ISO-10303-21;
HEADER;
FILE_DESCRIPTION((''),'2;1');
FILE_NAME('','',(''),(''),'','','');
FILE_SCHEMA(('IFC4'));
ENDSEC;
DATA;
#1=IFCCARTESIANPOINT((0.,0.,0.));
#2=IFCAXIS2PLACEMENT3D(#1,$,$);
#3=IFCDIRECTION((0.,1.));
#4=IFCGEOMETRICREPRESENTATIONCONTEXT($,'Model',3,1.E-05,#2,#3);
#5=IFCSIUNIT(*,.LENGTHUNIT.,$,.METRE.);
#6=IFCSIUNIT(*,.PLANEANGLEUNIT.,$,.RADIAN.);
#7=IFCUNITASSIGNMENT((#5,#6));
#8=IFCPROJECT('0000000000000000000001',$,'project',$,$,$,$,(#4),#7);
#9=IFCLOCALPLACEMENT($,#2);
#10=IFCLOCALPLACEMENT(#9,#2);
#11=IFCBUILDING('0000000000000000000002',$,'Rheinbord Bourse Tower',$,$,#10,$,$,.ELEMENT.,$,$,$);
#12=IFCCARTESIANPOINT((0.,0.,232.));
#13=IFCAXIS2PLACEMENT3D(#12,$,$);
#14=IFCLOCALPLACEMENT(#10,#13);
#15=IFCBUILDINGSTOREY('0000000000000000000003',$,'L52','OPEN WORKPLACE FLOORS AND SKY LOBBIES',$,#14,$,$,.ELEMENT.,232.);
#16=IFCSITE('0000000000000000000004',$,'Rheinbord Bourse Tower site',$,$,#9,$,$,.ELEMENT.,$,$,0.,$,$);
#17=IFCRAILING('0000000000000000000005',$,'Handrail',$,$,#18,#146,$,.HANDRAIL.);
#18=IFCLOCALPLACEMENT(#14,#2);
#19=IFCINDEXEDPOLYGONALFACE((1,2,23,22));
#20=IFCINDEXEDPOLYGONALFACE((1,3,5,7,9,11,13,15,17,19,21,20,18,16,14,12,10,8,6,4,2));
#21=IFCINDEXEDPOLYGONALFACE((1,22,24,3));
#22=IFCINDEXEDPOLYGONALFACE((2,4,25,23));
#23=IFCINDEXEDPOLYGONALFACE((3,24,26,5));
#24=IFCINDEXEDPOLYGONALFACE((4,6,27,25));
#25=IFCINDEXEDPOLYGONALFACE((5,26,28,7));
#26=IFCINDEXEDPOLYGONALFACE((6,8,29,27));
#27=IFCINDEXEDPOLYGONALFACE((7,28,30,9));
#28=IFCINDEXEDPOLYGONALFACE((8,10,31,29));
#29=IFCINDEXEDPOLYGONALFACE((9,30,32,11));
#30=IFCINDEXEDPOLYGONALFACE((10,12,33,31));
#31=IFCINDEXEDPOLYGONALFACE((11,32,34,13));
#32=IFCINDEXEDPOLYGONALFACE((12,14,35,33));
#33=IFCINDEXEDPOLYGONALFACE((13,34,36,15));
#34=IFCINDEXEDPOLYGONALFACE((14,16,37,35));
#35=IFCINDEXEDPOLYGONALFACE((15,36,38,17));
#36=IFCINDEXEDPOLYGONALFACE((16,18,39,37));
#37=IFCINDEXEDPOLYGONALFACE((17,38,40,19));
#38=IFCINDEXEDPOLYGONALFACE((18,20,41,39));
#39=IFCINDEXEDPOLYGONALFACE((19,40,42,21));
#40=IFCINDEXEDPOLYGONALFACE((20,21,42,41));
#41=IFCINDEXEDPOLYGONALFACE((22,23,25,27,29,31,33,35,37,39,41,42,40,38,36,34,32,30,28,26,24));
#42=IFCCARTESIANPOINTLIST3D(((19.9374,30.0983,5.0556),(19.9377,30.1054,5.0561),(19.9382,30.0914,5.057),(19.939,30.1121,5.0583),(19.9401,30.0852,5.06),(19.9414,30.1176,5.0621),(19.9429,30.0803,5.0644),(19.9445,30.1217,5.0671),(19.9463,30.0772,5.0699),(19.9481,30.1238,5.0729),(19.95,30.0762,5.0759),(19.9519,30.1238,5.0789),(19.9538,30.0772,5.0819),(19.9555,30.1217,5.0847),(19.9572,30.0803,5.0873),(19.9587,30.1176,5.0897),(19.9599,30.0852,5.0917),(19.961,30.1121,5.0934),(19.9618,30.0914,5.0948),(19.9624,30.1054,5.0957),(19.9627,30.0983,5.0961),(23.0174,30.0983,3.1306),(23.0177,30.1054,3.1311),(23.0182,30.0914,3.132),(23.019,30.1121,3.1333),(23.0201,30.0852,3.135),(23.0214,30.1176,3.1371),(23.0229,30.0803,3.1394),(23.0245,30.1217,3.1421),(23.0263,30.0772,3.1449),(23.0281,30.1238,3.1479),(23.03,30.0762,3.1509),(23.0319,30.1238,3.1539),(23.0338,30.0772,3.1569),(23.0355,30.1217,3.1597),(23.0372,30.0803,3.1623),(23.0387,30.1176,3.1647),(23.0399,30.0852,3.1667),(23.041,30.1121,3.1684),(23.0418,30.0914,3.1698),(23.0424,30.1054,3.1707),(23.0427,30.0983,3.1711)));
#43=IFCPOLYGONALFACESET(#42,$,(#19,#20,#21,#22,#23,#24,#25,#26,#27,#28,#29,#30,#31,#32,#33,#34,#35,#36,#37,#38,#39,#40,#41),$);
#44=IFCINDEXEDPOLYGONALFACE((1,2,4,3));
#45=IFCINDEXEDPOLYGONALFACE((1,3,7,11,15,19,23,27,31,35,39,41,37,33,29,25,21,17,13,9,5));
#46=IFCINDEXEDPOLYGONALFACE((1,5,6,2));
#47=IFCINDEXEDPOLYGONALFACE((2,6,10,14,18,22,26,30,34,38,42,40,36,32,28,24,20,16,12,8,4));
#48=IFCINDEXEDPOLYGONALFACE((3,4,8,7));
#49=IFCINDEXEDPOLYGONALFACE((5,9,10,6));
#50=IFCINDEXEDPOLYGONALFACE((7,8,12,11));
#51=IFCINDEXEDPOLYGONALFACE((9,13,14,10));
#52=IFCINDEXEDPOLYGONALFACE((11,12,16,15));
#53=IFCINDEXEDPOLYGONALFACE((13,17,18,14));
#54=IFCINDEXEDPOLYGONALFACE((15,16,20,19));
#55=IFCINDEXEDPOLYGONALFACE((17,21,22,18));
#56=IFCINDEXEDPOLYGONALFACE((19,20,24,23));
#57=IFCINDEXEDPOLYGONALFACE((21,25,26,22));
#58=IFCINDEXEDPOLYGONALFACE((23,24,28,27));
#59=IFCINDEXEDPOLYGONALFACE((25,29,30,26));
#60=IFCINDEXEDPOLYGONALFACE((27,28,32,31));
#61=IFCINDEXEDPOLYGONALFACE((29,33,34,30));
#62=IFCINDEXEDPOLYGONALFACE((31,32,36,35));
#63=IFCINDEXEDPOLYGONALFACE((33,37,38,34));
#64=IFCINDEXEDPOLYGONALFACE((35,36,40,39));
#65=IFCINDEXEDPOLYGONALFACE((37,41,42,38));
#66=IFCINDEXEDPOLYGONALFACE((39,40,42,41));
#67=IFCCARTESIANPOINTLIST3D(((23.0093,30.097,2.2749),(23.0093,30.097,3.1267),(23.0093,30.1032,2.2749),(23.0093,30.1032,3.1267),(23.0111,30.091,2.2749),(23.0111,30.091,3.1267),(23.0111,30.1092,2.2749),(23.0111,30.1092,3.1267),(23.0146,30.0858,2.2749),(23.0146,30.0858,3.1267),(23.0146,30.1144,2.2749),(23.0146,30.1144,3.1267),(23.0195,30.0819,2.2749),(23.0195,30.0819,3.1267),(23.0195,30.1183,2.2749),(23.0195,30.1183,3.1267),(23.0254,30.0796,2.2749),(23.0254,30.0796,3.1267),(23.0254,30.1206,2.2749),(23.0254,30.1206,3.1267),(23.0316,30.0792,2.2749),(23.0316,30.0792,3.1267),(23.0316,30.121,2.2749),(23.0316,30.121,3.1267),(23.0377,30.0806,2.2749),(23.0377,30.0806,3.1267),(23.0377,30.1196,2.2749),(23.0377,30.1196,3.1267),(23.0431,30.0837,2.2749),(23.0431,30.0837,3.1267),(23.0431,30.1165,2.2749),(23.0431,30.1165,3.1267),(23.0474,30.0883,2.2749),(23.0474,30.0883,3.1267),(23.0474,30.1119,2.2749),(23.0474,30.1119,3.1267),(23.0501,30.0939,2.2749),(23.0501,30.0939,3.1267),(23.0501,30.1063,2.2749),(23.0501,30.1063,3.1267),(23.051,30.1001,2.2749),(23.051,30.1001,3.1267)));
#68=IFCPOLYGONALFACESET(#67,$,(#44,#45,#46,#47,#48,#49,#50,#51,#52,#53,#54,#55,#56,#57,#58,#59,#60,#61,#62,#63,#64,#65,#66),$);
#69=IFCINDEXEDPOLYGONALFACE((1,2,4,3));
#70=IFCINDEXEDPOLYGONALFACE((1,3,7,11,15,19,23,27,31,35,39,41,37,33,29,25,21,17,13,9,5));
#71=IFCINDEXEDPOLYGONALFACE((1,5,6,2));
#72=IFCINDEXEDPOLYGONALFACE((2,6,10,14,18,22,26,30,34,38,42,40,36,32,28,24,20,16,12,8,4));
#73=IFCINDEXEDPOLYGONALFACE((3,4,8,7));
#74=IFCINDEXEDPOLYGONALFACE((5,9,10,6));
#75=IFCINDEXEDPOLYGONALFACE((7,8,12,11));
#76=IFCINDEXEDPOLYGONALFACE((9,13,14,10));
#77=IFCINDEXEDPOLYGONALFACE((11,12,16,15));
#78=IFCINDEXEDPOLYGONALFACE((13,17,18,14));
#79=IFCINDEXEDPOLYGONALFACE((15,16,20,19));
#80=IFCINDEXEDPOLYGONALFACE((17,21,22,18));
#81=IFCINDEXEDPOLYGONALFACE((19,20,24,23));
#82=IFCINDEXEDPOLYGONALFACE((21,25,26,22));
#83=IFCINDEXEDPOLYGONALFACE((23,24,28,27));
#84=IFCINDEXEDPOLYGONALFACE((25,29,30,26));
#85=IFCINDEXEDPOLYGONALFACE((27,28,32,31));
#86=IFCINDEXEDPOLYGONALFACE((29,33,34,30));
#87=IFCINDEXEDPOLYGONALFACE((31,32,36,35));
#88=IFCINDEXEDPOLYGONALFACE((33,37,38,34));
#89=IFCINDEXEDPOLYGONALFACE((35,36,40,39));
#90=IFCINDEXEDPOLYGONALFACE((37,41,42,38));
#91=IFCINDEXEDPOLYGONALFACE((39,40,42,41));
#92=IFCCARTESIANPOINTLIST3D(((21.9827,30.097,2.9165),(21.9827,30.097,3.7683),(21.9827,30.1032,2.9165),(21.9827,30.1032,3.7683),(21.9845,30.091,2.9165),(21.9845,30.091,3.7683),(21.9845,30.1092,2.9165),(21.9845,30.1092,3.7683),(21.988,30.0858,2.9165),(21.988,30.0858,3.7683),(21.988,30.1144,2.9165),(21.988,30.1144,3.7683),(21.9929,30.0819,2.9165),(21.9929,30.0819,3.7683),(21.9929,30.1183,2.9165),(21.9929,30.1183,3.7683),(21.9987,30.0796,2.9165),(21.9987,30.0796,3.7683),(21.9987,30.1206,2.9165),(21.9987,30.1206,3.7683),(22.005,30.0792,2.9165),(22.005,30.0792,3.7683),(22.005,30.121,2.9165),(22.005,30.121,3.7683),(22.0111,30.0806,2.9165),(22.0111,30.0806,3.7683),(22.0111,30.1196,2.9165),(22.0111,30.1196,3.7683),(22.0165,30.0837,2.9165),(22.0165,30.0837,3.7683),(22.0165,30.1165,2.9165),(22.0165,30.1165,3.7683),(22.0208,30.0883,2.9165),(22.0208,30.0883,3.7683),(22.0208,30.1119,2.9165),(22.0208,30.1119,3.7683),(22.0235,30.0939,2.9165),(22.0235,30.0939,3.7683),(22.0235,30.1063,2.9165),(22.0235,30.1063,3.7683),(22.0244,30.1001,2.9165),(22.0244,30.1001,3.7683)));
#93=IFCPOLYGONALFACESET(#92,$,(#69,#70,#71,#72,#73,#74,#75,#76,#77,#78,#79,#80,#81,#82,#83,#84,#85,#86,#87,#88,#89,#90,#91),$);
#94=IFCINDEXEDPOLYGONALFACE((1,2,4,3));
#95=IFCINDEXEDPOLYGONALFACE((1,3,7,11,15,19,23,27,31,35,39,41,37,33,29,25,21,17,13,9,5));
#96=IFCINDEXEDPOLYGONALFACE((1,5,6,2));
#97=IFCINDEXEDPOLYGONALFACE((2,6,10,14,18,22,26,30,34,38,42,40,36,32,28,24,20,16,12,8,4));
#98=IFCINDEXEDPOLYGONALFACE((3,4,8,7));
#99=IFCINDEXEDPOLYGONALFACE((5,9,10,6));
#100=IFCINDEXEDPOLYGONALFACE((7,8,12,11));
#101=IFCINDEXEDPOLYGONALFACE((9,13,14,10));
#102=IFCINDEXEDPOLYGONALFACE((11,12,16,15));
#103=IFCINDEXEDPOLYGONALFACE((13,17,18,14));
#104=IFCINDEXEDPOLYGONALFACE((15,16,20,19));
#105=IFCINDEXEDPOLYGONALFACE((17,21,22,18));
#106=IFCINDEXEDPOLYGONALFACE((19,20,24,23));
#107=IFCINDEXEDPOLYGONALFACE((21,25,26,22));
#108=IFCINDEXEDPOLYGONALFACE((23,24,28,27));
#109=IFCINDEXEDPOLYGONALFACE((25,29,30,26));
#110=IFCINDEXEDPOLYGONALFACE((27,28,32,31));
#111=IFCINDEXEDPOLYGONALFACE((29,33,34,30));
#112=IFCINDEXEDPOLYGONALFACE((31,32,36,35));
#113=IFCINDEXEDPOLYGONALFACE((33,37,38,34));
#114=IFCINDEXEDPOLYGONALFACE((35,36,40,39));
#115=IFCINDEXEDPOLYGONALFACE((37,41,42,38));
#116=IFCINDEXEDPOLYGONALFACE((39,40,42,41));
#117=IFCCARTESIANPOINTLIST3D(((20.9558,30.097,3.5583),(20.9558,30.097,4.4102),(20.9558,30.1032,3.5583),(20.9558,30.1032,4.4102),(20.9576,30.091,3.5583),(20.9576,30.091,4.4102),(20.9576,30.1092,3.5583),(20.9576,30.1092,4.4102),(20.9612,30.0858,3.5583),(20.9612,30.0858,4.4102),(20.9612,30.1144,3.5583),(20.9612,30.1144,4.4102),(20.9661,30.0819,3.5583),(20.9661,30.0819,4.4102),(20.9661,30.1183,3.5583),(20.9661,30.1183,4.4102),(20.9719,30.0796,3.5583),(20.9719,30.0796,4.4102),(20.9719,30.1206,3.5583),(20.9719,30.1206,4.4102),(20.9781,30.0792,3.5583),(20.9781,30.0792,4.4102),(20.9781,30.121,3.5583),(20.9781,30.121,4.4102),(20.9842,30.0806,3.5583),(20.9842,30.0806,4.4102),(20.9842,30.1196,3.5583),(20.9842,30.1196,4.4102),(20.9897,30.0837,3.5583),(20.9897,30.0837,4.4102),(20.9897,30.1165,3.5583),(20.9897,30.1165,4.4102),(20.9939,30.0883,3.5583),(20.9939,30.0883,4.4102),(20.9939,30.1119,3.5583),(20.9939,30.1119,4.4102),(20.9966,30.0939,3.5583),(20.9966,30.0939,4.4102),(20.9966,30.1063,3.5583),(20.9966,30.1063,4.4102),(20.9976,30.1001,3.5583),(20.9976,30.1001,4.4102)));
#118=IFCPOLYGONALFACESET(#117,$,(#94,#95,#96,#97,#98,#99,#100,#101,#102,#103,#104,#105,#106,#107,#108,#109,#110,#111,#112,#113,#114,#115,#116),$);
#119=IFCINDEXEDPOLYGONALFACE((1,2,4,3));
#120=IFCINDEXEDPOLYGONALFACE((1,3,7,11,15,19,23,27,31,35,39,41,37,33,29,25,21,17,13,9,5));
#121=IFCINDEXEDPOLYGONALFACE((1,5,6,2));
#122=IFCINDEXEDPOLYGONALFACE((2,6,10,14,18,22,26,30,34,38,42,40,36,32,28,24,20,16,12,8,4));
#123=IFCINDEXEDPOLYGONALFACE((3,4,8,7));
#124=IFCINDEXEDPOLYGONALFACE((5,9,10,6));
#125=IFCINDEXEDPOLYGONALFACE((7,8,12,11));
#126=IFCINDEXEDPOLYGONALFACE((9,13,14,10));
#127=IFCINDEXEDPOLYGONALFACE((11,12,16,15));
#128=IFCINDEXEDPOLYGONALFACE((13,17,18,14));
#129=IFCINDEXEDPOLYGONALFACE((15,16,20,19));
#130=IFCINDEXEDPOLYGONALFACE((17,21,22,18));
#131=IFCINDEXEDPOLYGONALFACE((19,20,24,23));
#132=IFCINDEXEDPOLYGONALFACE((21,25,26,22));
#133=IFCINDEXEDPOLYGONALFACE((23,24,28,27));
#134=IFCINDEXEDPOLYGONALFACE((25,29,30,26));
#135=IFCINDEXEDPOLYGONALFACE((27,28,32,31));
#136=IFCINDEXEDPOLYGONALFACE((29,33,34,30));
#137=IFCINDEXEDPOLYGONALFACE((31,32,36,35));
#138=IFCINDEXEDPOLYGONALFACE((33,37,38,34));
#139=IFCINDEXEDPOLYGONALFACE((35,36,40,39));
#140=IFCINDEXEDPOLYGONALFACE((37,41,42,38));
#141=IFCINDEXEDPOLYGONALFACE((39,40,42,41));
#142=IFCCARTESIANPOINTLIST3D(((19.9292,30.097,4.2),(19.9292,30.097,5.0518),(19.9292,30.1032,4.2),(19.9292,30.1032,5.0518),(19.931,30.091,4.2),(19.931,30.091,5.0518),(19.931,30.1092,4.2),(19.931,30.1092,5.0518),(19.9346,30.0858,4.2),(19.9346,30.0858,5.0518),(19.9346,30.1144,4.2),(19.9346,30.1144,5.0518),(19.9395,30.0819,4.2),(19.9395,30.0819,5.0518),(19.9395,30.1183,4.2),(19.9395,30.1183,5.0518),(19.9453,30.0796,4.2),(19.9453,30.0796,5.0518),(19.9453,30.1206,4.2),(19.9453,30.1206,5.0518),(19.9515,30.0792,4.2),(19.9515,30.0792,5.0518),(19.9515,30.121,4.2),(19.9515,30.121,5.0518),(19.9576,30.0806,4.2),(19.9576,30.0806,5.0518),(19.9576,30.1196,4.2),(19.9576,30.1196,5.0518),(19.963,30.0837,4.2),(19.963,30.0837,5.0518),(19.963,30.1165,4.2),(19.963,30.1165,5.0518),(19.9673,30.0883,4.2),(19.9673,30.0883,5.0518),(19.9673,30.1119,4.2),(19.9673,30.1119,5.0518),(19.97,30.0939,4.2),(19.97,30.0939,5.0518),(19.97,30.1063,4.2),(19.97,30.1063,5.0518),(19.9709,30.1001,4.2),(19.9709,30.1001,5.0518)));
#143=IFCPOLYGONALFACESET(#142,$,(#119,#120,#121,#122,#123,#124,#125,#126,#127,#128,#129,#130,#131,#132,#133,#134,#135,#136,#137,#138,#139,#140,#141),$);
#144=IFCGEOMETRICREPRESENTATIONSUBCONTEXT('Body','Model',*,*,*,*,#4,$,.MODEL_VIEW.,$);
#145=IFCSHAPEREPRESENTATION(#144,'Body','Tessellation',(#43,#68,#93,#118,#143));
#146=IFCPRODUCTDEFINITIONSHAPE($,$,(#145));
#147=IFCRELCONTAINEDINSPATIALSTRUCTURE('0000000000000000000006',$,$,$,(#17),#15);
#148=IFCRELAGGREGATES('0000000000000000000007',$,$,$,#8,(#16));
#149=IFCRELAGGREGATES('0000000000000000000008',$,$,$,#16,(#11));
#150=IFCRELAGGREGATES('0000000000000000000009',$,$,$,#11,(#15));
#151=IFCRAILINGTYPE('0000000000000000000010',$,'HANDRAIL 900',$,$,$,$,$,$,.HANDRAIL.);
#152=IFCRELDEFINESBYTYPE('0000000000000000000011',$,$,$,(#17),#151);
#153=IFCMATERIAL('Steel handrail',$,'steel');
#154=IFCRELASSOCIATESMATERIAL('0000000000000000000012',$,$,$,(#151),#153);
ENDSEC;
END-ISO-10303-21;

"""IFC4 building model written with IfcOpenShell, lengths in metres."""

from ifc_helpers import new_model, si_unit, direction, frame, origin, origin_2d, place, context, subcontext, project, spatial, circle, extrude, material, type_object, element, save


model = new_model("IFC4")

# Units and contexts
model_context = context("Model", 3, precision=1e-05, world=origin(), true_north=direction((0.0, 1.0)))
body_context = subcontext(model_context, "Body", "Model", "MODEL_VIEW")
ifc_project = project(units=[si_unit("LENGTHUNIT", "METRE"), si_unit("PLANEANGLEUNIT", "RADIAN")], contexts=[model_context])

# Site, building, storey
site_placement = place(None, origin())
site = spatial("IfcSite", under=ifc_project, at=site_placement, Name="Rheinbord Bourse Tower site", CompositionType="ELEMENT", RefElevation=0.0)
building_placement = place(site_placement, origin())
building = spatial("IfcBuilding", under=site, at=building_placement, Name="Rheinbord Bourse Tower", CompositionType="ELEMENT")
storey_placement = place(building_placement, frame((0.0, 0.0, 232.0)))
storey = spatial("IfcBuildingStorey", under=building, at=storey_placement, Name="L52", Description="OPEN WORKPLACE FLOORS AND SKY LOBBIES", CompositionType="ELEMENT", Elevation=232.0)

# Railing
ifc_material_1 = material(Name="Steel handrail", Category="steel")
railing_type = type_object("IfcRailingType", Name="HANDRAIL 900", PredefinedType="HANDRAIL", material=ifc_material_1)
railing_1_placement = place(storey_placement, frame((23.03, 30.1001, 2.2749)))
element("IfcRailing", 1, at=railing_1_placement, inside=storey, type_object=railing_type, Name="Handrail", PredefinedType="HANDRAIL", context=body_context, shape_type="SweptSolid", body=[
    extrude(circle(Radius=0.0239, at=origin_2d()), frame((0.0, 0.0, 0.876), z_axis=(-0.847998, 0.0, 0.529999), x_axis=(0.0, -1.0, 0.0)), (0.0, 0.0, 1.0), 3.6321),
    extrude(circle(Radius=0.021, at=origin_2d()), origin(), (0.0, 0.0, 1.0), 0.8518),
    extrude(circle(Radius=0.021, at=origin_2d()), frame((-1.0266, 0.0, 0.6416)), (0.0, 0.0, 1.0), 0.8518),
    extrude(circle(Radius=0.021, at=origin_2d()), frame((-2.0535, 0.0, 1.2834)), (0.0, 0.0, 1.0), 0.8518),
    extrude(circle(Radius=0.021, at=origin_2d()), frame((-3.0801, 0.0, 1.925)), (0.0, 0.0, 1.0), 0.8518),
])

save(model, "model.ifc")
